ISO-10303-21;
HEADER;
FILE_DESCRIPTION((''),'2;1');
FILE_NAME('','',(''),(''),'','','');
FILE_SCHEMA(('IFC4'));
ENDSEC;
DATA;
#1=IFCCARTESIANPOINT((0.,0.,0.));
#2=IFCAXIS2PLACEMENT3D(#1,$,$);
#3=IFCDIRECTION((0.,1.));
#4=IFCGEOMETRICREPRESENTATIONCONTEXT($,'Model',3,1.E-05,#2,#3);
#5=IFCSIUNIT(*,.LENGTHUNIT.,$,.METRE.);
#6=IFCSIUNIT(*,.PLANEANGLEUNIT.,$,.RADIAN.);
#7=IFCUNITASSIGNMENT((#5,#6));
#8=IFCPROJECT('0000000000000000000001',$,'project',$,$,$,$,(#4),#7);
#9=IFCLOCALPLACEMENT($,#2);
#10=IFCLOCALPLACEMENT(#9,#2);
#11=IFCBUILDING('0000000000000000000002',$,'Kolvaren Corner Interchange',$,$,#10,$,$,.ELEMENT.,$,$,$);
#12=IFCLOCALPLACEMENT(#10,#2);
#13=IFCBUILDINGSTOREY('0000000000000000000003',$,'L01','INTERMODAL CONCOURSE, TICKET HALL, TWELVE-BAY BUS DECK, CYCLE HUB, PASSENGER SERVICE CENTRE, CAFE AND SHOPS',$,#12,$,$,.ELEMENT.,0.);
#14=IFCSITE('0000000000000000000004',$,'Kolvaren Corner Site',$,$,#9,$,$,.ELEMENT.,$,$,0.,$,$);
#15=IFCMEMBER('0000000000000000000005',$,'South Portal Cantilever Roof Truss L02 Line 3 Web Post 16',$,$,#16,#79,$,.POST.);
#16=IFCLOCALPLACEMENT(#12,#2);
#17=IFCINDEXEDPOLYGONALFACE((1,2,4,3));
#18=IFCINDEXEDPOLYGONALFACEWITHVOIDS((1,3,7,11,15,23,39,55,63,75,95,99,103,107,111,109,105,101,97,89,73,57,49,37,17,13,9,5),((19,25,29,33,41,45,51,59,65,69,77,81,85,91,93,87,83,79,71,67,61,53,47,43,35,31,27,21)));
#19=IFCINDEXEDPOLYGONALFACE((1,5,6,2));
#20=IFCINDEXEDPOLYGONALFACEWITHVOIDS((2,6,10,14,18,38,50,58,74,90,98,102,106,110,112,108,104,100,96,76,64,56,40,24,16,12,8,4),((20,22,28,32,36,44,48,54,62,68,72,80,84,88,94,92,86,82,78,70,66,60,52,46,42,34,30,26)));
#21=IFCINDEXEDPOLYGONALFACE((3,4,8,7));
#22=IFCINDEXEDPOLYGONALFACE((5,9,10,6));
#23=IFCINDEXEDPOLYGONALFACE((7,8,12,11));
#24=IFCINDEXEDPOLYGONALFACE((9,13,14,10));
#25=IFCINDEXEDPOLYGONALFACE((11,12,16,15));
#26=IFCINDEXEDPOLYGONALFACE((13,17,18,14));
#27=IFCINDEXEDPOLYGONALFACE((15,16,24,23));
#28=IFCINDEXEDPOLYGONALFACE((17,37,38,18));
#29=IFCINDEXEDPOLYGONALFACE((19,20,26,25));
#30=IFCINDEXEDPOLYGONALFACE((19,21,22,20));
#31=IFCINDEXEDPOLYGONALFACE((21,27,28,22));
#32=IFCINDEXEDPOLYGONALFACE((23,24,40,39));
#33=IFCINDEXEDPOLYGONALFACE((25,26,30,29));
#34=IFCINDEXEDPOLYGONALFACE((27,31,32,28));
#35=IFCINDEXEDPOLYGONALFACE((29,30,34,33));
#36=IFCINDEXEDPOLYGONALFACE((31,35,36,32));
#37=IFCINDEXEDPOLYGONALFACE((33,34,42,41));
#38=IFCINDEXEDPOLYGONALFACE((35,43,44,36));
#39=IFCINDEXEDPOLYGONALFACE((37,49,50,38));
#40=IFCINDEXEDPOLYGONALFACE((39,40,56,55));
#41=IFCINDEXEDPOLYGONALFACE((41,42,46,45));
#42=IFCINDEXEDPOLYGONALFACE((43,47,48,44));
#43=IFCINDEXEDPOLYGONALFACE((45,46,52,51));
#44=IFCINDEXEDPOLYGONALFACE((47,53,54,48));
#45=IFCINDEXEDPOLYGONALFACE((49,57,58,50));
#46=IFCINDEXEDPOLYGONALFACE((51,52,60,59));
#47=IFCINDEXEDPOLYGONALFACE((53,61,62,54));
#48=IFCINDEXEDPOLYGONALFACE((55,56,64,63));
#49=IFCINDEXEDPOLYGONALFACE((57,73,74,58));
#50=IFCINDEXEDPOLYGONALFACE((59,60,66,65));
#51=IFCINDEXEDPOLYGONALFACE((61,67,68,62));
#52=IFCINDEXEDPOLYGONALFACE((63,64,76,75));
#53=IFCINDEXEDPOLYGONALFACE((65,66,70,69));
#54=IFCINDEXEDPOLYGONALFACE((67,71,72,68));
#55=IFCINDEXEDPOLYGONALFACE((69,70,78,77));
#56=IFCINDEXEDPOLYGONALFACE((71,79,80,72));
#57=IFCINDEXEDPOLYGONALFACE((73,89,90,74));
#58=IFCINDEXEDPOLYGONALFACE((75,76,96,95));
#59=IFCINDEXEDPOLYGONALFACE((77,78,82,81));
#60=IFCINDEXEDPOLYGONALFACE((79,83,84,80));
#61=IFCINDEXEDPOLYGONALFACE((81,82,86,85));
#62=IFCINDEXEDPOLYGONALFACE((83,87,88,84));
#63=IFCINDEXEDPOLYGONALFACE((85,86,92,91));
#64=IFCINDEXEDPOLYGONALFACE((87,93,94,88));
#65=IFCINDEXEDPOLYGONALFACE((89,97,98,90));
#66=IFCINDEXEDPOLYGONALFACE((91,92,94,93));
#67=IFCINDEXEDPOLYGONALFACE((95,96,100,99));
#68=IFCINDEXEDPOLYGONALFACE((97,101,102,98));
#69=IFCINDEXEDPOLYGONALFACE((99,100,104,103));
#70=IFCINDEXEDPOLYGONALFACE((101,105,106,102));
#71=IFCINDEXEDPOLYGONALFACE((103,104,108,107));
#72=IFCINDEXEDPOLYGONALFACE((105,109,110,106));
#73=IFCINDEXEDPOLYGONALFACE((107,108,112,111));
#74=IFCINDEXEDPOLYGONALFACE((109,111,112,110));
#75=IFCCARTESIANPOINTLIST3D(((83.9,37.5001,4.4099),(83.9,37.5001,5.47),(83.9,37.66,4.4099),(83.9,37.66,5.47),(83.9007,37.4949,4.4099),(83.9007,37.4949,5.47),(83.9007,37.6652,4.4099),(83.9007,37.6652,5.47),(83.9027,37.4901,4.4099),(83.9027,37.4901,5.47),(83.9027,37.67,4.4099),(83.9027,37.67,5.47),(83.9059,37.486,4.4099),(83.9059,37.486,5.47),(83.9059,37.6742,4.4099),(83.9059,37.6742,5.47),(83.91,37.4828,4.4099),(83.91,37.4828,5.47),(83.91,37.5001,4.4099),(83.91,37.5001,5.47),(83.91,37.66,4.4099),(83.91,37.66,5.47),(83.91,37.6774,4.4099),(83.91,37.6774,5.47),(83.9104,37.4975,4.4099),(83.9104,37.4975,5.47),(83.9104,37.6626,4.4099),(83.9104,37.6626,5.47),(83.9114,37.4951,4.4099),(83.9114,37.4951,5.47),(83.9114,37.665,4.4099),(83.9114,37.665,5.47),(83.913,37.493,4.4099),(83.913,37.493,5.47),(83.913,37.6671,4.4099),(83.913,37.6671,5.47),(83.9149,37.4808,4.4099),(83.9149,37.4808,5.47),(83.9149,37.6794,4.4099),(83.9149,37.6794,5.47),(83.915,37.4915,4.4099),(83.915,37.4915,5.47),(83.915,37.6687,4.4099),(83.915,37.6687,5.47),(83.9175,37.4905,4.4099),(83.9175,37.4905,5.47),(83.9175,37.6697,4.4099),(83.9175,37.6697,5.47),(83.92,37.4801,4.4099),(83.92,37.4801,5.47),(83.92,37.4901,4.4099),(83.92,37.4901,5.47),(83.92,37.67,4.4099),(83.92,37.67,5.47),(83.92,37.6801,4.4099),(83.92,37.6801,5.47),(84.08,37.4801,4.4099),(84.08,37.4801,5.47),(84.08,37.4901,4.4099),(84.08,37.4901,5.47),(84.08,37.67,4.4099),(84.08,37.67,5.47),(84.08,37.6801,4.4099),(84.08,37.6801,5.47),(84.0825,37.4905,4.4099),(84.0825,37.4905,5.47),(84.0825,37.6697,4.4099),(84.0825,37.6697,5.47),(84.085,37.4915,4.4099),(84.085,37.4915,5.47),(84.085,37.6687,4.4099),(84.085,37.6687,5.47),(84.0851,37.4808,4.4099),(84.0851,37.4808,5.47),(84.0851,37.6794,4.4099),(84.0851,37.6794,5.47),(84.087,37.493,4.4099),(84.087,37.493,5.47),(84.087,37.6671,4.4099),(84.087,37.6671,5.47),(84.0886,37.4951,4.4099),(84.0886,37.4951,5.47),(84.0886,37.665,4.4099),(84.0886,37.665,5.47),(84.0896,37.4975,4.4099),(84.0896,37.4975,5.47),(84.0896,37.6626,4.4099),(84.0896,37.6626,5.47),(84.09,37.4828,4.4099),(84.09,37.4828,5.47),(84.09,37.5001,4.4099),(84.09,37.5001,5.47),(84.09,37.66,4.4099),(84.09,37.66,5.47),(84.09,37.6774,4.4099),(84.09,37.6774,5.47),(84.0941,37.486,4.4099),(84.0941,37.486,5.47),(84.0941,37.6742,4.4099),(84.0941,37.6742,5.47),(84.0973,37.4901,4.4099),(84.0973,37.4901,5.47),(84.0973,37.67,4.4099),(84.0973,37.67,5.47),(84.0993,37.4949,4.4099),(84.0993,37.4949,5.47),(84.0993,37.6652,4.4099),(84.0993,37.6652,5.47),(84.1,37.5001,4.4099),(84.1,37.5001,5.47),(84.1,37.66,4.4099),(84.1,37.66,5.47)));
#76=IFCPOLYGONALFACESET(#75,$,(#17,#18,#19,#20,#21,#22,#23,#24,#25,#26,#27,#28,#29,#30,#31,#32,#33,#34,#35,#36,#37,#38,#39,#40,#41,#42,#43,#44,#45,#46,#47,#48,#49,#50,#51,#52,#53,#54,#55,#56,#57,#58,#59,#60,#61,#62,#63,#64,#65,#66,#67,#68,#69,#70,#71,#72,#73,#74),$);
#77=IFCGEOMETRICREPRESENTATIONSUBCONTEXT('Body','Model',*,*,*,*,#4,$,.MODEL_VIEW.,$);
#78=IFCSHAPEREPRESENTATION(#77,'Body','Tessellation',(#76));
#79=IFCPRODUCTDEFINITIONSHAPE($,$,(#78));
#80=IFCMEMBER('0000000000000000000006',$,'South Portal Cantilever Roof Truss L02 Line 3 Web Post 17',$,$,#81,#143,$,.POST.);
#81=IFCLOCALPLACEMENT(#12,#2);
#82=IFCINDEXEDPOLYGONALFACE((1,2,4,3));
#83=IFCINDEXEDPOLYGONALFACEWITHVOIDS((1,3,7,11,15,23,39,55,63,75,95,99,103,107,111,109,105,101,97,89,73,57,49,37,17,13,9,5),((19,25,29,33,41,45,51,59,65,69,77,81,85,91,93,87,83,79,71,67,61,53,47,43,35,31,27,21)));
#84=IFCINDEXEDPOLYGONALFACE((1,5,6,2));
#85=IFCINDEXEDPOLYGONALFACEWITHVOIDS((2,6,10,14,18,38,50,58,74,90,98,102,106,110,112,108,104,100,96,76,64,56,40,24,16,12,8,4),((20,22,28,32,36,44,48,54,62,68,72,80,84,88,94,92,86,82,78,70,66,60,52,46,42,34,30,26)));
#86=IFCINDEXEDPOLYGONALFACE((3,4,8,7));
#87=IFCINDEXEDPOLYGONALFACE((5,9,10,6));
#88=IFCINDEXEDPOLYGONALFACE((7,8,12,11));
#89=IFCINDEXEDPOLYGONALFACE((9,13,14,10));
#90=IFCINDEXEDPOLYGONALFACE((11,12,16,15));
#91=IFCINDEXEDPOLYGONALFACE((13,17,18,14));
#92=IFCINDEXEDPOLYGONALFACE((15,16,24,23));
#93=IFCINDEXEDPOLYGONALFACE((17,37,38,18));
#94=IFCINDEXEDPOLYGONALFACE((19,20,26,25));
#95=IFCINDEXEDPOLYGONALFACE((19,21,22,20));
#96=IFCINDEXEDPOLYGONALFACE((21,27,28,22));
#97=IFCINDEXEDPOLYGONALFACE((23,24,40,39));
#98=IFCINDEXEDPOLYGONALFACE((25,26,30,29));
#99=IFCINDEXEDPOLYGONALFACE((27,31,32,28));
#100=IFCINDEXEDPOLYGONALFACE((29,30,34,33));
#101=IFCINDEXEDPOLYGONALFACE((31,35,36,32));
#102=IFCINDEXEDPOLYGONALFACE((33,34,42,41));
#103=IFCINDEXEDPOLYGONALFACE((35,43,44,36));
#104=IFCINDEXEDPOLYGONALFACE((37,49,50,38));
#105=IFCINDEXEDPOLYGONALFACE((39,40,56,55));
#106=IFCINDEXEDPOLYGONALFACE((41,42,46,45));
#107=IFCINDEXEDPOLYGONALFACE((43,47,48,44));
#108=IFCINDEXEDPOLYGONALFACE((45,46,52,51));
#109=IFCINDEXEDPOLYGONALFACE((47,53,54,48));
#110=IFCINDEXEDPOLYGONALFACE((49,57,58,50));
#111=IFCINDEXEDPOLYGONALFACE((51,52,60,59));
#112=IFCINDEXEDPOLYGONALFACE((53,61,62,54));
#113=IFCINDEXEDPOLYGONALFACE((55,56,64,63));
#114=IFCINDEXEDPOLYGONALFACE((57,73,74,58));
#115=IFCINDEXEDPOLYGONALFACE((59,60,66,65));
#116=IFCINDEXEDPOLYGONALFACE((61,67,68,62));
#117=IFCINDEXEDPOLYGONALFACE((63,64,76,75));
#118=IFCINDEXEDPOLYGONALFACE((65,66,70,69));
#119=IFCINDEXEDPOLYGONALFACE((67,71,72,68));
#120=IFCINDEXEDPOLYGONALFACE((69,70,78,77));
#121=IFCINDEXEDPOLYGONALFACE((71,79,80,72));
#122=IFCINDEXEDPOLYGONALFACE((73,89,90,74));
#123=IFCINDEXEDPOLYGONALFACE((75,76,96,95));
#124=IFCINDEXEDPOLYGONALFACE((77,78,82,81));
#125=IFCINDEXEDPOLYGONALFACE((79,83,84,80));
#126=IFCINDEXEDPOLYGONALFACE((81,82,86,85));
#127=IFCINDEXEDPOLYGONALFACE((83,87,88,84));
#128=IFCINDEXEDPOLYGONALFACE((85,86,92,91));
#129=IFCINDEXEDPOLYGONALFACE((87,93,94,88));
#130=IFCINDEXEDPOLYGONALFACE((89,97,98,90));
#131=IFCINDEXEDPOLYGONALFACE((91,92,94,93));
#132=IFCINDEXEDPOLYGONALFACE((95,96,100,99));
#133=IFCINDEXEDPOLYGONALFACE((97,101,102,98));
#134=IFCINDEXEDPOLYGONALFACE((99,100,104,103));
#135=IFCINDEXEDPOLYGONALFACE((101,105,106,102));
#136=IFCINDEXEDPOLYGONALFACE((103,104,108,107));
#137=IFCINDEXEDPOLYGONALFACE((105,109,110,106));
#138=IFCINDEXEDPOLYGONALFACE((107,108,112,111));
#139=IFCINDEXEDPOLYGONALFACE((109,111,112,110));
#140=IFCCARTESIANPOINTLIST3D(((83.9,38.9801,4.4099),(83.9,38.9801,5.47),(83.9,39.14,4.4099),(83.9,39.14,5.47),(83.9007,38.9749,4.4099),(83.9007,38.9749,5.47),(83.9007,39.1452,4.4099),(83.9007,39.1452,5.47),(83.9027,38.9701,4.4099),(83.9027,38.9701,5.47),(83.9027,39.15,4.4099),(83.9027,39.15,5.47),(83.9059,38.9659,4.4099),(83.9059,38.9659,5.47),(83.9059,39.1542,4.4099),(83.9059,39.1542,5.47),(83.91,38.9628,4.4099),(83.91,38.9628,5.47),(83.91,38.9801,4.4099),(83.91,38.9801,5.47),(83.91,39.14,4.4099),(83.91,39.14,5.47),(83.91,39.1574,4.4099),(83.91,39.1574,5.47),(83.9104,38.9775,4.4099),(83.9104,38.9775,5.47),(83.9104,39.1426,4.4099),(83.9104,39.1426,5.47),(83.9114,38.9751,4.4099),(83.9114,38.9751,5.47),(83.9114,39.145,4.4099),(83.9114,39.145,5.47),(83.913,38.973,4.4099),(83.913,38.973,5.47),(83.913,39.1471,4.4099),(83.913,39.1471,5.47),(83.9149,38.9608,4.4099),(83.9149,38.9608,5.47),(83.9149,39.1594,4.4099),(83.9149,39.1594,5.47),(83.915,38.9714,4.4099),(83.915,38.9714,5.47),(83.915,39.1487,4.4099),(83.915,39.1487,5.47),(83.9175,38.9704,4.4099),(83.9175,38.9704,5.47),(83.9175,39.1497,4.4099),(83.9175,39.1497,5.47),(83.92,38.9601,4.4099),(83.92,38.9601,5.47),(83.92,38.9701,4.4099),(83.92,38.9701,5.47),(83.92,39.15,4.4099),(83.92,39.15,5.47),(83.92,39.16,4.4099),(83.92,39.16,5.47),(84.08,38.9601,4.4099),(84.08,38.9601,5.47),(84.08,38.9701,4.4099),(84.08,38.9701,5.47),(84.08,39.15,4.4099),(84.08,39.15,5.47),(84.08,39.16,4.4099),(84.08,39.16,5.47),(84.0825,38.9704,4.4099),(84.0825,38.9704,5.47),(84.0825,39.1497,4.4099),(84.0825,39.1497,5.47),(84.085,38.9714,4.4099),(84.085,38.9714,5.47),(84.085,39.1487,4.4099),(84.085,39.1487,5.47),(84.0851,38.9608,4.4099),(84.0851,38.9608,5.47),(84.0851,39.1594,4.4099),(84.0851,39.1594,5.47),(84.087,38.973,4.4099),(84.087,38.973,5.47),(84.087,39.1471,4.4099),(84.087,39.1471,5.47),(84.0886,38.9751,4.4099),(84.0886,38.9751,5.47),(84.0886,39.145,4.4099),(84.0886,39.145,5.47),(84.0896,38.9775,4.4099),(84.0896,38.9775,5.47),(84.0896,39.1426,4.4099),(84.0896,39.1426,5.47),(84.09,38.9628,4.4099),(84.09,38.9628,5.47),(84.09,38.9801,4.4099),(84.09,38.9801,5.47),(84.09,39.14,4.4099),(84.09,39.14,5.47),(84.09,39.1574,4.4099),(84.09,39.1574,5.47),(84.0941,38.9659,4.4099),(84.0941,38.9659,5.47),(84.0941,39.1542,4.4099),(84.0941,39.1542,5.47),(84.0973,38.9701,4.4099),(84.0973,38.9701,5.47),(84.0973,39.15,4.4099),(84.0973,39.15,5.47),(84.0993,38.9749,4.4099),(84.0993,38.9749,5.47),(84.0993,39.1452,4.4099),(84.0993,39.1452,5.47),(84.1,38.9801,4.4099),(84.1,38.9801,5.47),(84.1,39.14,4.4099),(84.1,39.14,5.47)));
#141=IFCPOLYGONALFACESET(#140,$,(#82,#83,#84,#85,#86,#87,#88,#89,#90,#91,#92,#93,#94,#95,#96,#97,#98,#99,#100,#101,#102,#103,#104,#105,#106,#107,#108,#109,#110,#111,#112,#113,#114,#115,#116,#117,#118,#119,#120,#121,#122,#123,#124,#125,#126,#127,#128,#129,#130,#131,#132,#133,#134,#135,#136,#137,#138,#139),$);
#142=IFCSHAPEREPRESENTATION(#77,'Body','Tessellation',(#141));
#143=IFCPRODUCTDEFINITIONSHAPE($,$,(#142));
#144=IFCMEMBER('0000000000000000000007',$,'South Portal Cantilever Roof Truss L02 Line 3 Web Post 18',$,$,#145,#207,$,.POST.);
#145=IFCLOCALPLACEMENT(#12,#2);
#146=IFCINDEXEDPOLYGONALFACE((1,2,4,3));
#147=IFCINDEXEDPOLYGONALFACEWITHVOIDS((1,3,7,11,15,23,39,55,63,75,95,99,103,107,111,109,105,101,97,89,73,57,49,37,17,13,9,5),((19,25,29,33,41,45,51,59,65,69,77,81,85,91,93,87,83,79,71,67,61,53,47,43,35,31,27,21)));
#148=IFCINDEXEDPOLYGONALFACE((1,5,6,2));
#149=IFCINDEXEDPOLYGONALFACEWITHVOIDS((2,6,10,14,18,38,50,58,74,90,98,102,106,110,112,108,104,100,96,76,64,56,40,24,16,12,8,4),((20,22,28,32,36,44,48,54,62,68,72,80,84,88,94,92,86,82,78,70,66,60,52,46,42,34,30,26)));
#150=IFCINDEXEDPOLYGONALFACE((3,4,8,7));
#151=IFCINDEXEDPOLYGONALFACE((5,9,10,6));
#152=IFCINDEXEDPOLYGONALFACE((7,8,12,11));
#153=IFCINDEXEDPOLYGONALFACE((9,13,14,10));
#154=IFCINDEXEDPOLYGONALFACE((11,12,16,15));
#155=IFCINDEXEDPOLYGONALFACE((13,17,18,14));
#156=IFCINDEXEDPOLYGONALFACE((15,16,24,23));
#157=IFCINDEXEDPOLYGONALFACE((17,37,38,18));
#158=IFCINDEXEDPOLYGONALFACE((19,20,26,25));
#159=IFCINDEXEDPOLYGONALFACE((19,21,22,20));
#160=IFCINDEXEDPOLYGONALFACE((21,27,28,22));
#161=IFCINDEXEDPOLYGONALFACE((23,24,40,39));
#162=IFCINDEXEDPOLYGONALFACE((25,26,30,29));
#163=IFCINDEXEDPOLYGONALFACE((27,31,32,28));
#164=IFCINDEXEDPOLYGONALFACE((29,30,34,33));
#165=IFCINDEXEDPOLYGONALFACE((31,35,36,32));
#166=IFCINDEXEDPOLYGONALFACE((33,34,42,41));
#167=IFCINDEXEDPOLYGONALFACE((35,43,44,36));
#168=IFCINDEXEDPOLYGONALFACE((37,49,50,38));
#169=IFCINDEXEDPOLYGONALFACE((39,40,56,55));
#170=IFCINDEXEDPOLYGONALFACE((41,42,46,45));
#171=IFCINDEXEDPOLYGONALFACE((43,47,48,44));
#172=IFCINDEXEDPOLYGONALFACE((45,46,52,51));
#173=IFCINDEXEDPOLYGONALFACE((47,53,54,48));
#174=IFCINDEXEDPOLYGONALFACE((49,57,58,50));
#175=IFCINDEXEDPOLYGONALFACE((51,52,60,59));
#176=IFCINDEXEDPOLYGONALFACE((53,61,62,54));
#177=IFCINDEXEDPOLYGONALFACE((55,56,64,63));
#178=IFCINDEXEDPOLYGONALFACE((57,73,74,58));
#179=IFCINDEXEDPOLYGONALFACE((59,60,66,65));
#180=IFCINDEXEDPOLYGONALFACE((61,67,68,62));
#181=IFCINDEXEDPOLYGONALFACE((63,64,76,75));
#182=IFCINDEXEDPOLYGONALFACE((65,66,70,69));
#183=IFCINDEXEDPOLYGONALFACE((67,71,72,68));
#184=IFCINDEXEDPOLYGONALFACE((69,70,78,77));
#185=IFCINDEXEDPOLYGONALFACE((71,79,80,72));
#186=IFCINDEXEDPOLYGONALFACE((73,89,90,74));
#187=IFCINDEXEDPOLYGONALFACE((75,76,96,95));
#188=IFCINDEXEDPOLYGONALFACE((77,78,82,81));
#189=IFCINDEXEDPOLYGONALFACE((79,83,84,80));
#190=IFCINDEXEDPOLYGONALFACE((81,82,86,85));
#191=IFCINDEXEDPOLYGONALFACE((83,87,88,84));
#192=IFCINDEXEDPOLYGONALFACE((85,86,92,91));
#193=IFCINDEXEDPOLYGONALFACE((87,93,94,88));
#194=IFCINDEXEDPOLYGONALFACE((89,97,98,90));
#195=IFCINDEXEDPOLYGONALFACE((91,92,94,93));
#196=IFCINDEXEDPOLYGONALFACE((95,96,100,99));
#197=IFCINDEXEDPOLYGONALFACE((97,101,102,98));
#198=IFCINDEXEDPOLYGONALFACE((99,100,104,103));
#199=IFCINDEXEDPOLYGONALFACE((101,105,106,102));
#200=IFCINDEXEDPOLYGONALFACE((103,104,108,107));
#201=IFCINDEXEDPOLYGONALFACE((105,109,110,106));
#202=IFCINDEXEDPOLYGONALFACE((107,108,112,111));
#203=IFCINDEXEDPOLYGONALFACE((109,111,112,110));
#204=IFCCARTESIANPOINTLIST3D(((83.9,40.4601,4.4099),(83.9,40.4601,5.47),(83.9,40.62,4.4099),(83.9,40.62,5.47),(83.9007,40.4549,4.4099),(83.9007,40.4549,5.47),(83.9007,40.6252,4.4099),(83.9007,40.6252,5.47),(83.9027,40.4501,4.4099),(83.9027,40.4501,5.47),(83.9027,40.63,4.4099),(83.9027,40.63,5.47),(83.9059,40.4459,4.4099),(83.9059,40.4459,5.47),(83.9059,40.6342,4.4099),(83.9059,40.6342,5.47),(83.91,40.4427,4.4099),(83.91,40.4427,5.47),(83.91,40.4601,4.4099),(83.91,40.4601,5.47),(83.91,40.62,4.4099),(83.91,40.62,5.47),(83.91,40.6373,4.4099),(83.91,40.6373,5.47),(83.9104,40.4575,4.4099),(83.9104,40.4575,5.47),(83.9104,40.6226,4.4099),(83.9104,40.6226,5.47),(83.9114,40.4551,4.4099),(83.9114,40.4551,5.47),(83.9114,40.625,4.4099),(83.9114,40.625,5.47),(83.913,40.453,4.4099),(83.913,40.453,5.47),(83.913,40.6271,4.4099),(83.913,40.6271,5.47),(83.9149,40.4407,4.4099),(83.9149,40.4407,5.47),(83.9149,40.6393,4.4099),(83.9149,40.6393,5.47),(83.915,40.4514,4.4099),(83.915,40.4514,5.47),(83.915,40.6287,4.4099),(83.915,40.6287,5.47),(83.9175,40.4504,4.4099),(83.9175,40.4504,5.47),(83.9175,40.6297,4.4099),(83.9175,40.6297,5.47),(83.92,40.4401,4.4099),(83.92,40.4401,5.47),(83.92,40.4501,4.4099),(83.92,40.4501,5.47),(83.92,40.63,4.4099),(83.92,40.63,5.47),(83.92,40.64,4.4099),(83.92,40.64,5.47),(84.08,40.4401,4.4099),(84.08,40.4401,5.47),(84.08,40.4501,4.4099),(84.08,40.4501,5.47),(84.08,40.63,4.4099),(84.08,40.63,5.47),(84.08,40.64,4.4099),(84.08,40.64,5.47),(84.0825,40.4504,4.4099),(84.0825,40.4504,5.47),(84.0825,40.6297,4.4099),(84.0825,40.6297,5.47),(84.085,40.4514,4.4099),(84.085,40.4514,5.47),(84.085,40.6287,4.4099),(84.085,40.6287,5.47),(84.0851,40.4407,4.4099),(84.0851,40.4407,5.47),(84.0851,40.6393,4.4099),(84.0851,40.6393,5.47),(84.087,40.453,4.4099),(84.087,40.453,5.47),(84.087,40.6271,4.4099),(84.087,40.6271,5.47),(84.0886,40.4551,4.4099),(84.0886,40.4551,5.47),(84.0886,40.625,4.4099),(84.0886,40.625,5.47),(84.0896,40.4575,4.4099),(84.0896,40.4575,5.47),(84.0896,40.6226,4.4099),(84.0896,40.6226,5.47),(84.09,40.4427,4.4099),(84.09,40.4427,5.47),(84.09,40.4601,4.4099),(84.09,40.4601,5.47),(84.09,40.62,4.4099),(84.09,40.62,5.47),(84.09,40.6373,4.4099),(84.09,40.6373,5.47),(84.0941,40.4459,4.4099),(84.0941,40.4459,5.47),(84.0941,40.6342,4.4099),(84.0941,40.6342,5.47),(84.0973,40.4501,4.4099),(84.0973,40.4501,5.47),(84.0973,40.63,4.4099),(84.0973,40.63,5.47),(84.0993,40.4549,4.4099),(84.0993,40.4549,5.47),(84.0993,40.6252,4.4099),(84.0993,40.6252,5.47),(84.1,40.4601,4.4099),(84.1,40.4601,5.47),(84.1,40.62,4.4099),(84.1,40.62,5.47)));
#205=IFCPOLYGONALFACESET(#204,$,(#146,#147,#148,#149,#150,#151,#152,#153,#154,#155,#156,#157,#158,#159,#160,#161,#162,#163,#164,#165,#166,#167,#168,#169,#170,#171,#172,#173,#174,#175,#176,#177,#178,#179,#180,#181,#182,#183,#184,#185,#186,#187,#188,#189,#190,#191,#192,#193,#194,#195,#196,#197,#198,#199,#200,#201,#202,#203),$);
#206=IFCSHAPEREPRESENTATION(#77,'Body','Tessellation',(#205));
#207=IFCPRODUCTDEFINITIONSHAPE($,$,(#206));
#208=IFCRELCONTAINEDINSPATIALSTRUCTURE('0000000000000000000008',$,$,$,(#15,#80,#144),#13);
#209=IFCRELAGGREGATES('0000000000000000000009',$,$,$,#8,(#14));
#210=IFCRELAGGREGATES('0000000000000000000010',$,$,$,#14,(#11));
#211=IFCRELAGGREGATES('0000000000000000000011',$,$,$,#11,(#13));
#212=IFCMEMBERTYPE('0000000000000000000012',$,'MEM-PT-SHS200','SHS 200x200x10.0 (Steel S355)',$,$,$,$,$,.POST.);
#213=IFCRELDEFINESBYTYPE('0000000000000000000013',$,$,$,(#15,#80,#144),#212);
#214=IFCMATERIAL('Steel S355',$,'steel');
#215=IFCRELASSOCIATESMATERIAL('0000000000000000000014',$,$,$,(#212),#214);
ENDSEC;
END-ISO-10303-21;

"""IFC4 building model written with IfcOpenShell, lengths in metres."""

from ifc_helpers import new_model, si_unit, direction, frame, origin, origin_2d, place, context, subcontext, project, spatial, hollow_rectangle, extrude, material, material_profile, profile_set, type_object, element, save


model = new_model("IFC4")

# Units and contexts
model_context = context("Model", 3, precision=1e-05, world=origin(), true_north=direction((0.0, 1.0)))
body_context = subcontext(model_context, "Body", "Model", "MODEL_VIEW")
ifc_project = project(units=[si_unit("LENGTHUNIT", "METRE"), si_unit("PLANEANGLEUNIT", "RADIAN")], contexts=[model_context])

# Site, building, storey
site_placement = place(None, origin())
site = spatial("IfcSite", under=ifc_project, at=site_placement, Name="Kolvaren Corner Site", CompositionType="ELEMENT", RefElevation=0.0)
building_placement = place(site_placement, origin())
building = spatial("IfcBuilding", under=site, at=building_placement, Name="Kolvaren Corner Interchange", CompositionType="ELEMENT")
storey_placement = place(building_placement, origin())
storey = spatial("IfcBuildingStorey", under=building, at=storey_placement, Name="L01", Description="INTERMODAL CONCOURSE, TICKET HALL, TWELVE-BAY BUS DECK, CYCLE HUB, PASSENGER SERVICE CENTRE, CAFE AND SHOPS", CompositionType="ELEMENT", Elevation=0.0)

# Members
ifc_material_1 = material(Name="Steel S355", Category="steel")
ifc_material_profile_1 = material_profile(ifc_material_1, hollow_rectangle(XDim=0.2, YDim=0.2, WallThickness=0.01, InnerFilletRadius=0.01, OuterFilletRadius=0.02, at=origin_2d()), Name="SHS 200x200x10.0")
ifc_profile_set_1 = profile_set([ifc_material_profile_1], Name="Steel S355")
member_type_1 = type_object("IfcMemberType", Name="MEM-PT-SHS200", Description="SHS 200x200x10.0 (Steel S355)", PredefinedType="POST", material=ifc_profile_set_1)
for number, where, z_axis, x_axis, name in (
    (1, (84.0, 37.5801, 4.4099), (0.0, 0.0, 1.0), (1.0, 0.0, 0.0), "South Portal Cantilever Roof Truss L02 Line 3 Web Post 16"),
    (2, (84.0, 39.0601, 4.4099), (0.0, 0.0, 1.0), (1.0, 0.0, 0.0), "South Portal Cantilever Roof Truss L02 Line 3 Web Post 17"),
    (3, (84.0, 40.54, 4.4099), (0.0, 0.0, 1.0), (1.0, 0.0, 0.0), "South Portal Cantilever Roof Truss L02 Line 3 Web Post 18"),
):
    element("IfcMember", number, at=place(storey_placement, frame(where, z_axis=z_axis, x_axis=x_axis)), inside=storey, type_object=member_type_1, Name=name, PredefinedType="POST", context=body_context, shape_type="SweptSolid", body=[
        extrude(hollow_rectangle(XDim=0.2, YDim=0.2, WallThickness=0.01, InnerFilletRadius=0.01, OuterFilletRadius=0.02, at=origin_2d()), origin(), (0.0, 0.0, 1.0), 1.0601),
    ])

save(model, "model.ifc")
